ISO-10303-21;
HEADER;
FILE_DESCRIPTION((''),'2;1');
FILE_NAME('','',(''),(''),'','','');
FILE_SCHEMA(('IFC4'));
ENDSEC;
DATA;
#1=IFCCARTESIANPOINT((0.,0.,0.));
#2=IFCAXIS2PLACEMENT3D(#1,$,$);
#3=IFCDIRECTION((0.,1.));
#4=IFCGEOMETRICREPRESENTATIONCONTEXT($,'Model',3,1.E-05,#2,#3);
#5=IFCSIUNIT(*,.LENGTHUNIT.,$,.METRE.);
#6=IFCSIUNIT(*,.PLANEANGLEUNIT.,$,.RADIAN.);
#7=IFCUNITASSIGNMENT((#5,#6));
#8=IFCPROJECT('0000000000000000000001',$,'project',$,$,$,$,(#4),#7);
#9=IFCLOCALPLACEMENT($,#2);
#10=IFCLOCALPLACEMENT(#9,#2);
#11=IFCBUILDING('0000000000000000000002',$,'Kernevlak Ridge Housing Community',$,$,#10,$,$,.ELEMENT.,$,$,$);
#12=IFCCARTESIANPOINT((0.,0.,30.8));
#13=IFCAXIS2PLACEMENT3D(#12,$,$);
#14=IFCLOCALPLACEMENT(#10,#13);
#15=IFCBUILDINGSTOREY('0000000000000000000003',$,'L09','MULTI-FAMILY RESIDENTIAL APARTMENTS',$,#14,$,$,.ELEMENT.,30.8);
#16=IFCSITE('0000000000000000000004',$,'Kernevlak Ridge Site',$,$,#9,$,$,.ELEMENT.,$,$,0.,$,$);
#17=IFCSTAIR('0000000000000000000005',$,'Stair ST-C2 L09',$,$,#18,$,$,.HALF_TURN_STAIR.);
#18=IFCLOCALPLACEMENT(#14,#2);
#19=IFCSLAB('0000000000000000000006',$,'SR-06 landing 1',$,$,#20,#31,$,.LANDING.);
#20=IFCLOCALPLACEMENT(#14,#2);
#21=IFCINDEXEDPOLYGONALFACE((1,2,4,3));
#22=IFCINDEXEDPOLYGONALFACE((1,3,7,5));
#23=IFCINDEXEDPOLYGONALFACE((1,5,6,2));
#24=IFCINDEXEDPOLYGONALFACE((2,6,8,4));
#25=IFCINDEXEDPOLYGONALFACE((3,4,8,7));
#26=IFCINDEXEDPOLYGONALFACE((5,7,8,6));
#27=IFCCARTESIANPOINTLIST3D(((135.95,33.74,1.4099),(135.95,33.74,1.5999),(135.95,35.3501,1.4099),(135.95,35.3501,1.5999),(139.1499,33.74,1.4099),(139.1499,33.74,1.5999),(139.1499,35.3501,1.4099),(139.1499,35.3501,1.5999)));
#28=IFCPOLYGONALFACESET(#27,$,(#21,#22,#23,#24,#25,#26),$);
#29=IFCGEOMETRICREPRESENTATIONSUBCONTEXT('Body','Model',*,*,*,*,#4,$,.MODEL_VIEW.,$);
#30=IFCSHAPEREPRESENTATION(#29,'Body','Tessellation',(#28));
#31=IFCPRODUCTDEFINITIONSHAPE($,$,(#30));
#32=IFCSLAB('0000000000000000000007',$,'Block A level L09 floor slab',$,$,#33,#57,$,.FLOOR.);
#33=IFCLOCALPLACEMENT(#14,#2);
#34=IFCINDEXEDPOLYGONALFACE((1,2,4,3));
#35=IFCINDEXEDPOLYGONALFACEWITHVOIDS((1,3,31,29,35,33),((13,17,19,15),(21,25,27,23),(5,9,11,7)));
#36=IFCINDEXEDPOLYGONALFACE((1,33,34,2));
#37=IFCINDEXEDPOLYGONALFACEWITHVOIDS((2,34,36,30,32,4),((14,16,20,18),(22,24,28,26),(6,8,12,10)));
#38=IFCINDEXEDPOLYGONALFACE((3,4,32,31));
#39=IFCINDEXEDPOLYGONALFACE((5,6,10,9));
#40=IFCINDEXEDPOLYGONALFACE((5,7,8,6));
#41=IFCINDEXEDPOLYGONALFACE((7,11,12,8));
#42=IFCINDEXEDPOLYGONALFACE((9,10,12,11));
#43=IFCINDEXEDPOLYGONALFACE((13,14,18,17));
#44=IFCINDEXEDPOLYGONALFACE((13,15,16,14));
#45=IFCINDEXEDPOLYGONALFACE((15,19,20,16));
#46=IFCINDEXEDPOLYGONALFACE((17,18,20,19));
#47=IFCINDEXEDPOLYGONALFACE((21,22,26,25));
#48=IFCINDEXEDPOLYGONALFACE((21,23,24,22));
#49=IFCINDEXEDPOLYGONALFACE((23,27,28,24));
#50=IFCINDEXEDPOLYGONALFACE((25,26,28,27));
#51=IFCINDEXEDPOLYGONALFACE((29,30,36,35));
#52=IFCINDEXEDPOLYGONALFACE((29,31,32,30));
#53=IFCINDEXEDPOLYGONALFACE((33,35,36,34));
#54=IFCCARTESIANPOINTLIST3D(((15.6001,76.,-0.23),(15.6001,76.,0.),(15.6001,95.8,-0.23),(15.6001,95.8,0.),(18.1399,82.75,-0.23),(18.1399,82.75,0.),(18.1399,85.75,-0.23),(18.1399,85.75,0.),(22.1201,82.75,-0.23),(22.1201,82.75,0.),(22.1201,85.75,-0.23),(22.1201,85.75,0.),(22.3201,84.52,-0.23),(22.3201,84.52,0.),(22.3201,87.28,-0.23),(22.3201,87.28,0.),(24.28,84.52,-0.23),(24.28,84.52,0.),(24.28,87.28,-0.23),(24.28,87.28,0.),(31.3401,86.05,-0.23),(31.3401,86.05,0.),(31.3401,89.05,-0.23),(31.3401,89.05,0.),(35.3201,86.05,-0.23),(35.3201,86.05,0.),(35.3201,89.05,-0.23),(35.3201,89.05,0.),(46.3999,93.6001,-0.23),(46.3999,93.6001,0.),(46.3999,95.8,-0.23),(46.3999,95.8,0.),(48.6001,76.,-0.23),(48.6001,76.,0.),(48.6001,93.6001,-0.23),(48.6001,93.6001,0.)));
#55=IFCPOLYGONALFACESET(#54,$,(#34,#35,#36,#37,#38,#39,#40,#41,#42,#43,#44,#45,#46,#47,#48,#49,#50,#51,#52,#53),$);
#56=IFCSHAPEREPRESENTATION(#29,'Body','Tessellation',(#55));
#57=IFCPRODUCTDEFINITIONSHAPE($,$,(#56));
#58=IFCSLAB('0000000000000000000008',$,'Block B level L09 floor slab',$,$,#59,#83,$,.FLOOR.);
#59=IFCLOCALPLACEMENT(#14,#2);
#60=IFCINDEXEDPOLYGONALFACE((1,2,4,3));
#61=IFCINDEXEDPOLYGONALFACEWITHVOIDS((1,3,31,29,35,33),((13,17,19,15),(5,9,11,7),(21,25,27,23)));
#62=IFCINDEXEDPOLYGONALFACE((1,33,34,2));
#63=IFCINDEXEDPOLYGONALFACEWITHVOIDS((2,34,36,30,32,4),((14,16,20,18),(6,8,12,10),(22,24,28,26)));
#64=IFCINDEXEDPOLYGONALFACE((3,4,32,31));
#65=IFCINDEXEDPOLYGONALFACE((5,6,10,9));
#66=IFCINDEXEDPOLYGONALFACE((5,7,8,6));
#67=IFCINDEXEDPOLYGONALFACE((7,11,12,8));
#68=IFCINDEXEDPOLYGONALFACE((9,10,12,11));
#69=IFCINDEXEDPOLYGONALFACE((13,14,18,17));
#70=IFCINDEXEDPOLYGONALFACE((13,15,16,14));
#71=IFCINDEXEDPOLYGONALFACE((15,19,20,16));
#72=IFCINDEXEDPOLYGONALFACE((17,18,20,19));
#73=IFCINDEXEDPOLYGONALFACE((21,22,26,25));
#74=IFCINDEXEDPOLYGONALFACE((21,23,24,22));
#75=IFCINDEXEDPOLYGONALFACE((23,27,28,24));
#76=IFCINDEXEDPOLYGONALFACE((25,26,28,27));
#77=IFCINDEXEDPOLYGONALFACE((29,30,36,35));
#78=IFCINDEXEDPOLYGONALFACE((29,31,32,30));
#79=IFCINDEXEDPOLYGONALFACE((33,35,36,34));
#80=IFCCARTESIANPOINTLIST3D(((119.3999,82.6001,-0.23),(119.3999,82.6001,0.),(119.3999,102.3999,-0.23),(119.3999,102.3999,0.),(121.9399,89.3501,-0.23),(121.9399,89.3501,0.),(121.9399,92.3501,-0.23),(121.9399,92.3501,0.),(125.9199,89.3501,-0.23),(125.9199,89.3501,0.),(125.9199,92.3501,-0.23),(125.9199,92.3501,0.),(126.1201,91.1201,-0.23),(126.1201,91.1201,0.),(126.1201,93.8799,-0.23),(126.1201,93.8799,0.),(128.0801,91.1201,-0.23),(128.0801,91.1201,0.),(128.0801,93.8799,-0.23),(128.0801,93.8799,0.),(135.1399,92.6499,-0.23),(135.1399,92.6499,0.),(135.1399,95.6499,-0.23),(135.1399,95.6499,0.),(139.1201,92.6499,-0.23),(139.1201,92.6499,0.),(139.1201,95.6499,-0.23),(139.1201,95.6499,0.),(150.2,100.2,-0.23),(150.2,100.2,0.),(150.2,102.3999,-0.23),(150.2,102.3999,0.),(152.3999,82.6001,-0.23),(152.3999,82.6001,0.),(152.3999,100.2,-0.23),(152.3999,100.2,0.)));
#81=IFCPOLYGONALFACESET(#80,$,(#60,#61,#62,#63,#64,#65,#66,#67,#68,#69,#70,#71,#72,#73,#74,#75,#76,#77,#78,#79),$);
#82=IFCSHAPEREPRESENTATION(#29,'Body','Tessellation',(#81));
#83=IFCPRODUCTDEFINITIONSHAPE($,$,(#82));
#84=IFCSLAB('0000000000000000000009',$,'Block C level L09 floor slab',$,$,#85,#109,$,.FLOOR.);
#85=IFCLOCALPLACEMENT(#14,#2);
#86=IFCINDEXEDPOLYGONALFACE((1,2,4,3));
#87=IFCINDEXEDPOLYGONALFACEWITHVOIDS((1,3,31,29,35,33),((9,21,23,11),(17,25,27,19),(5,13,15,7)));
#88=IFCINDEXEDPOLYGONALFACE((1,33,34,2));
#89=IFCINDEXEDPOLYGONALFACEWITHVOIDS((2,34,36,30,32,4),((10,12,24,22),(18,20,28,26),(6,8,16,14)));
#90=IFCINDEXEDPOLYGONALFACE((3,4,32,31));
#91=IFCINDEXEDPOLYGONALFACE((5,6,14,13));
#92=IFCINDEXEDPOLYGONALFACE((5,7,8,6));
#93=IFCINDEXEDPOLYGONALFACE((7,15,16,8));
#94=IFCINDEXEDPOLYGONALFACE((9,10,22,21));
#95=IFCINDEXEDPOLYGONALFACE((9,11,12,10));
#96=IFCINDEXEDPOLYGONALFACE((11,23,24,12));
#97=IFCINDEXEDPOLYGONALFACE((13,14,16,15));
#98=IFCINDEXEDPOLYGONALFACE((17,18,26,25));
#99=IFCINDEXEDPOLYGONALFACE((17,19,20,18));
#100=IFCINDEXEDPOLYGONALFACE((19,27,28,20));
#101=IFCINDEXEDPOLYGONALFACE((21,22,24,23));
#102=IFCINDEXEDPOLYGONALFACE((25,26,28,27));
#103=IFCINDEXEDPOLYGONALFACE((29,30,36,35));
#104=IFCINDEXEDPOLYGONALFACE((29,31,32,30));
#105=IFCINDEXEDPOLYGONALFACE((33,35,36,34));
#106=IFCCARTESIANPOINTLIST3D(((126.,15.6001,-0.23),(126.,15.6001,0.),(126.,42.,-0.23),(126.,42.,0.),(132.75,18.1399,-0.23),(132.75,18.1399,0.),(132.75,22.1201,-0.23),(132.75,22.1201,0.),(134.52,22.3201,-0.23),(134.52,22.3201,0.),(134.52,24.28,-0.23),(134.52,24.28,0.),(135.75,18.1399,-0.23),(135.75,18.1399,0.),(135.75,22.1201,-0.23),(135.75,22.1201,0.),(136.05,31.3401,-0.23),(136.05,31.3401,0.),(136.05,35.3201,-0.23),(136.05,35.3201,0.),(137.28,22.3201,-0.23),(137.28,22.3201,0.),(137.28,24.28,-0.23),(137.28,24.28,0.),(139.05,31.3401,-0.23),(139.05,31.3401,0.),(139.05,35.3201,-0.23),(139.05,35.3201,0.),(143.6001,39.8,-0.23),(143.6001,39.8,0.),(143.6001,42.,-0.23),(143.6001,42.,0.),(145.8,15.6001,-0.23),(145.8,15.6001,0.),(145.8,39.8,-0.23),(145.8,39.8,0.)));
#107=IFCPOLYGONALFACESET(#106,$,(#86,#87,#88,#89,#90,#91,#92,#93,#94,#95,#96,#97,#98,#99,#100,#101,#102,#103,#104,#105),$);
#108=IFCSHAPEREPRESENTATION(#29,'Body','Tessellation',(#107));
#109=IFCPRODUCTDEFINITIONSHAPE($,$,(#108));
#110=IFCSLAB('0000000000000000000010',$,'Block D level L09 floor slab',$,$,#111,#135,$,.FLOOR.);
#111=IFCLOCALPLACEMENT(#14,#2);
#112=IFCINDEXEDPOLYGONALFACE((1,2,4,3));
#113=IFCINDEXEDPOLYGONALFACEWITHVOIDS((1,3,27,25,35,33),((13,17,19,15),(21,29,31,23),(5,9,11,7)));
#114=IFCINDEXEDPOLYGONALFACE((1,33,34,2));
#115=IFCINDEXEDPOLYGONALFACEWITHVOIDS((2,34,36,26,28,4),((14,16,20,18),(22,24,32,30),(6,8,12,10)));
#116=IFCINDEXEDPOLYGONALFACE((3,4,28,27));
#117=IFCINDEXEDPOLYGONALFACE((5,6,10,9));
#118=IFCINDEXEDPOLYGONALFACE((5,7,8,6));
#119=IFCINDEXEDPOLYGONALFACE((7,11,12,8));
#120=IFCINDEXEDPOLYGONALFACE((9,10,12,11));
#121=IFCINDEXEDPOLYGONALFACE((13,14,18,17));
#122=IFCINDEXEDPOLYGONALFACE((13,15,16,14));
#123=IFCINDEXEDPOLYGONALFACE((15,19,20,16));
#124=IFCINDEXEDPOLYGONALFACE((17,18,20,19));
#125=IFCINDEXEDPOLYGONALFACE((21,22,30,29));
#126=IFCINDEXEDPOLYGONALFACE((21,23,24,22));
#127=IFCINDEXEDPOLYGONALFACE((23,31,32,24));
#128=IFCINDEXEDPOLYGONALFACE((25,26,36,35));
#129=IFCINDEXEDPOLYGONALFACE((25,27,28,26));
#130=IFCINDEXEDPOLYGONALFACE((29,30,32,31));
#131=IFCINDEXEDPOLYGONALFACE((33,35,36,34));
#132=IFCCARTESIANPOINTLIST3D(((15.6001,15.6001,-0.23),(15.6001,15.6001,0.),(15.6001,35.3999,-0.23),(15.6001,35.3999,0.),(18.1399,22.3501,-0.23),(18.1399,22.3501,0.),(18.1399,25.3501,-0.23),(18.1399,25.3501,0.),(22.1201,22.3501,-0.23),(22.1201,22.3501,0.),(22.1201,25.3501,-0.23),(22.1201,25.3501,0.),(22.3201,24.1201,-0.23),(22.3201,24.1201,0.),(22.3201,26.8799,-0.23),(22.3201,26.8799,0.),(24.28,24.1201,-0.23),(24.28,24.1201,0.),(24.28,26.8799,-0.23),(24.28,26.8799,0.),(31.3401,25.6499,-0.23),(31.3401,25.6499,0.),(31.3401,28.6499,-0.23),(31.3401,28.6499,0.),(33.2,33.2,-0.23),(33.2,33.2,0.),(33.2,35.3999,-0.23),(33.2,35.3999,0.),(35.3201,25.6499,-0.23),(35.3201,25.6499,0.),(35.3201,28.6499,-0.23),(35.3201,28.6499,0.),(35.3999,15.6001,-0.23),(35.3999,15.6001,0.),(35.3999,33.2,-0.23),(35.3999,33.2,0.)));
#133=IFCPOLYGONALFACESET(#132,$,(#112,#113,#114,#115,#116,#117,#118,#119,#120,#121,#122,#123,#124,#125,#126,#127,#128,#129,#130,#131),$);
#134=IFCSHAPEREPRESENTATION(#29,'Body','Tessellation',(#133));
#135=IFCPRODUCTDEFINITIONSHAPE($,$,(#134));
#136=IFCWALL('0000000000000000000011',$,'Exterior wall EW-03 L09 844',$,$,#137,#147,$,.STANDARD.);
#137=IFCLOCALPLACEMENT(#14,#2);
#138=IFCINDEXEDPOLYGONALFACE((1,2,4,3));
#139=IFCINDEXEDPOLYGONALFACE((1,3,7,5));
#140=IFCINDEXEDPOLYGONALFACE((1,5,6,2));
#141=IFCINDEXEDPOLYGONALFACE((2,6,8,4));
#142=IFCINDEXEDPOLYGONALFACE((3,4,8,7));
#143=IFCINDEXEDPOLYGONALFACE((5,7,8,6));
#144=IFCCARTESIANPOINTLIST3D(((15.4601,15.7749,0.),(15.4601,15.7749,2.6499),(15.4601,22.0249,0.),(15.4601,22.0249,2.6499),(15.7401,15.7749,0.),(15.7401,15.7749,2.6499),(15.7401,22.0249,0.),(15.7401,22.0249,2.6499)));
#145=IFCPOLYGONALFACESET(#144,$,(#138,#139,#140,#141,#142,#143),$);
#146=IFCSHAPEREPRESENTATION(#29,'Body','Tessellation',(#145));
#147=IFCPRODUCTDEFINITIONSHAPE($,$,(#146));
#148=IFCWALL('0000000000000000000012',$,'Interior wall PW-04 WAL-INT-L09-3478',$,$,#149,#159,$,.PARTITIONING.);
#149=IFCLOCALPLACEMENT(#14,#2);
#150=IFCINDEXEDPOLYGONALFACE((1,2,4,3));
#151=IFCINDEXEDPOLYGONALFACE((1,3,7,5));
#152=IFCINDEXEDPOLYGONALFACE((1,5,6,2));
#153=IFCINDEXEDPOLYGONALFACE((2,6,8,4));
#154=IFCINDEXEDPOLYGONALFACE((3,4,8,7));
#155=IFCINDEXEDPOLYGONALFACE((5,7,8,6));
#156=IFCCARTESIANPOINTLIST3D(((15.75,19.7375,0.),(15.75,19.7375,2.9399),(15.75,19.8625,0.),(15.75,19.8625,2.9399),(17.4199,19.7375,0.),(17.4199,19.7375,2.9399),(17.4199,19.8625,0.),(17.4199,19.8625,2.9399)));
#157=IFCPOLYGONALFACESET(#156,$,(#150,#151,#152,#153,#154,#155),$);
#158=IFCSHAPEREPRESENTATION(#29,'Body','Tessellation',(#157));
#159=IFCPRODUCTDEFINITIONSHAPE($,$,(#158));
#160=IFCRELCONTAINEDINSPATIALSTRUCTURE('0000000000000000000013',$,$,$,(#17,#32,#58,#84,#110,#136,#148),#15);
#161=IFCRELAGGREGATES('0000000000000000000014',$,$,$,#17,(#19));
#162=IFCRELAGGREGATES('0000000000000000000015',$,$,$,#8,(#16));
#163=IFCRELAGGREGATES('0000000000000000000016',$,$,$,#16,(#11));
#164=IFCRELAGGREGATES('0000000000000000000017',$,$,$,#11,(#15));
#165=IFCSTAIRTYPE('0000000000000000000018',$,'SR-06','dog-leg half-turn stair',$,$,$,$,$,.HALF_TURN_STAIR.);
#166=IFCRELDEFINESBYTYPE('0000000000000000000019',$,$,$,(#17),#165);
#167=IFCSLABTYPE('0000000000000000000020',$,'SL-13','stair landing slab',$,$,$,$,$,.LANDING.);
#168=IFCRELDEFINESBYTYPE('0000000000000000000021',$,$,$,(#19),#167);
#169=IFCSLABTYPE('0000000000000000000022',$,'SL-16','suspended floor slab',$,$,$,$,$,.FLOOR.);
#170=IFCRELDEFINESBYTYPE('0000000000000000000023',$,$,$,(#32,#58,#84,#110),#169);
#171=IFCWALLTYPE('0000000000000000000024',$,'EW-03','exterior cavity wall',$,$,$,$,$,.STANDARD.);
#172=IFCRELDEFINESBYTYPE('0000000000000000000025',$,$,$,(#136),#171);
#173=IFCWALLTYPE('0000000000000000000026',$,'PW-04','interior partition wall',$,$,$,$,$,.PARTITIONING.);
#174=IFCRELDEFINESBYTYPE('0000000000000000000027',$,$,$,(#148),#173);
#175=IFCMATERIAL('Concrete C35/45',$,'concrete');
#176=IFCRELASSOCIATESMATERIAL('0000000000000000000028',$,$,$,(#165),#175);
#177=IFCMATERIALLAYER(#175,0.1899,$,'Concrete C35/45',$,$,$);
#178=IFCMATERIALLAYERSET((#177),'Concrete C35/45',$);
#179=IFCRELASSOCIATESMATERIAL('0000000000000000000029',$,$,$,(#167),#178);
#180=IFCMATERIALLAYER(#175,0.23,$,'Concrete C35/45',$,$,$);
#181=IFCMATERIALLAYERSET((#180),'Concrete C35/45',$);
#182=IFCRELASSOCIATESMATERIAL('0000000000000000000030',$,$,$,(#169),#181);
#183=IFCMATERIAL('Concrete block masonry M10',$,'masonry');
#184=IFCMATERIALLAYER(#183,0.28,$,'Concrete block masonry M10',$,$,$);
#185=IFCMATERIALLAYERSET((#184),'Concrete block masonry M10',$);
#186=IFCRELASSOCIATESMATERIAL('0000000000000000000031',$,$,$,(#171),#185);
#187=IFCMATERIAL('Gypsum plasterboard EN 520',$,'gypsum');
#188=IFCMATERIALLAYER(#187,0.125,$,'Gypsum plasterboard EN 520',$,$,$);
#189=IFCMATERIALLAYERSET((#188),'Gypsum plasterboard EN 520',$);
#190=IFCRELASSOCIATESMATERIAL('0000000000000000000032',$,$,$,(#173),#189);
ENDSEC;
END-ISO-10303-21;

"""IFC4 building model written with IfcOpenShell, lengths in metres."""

from ifc_helpers import new_model, si_unit, direction, frame, frame_2d, origin, place, context, subcontext, project, spatial, polyline, rectangle, outline, extrude, material, layer, layer_set, type_object, element, aggregate, save


model = new_model("IFC4")

# Units and contexts
model_context = context("Model", 3, precision=1e-05, world=origin(), true_north=direction((0.0, 1.0)))
body_context = subcontext(model_context, "Body", "Model", "MODEL_VIEW")
ifc_project = project(units=[si_unit("LENGTHUNIT", "METRE"), si_unit("PLANEANGLEUNIT", "RADIAN")], contexts=[model_context])

# Site, building, storey
site_placement = place(None, origin())
site = spatial("IfcSite", under=ifc_project, at=site_placement, Name="Kernevlak Ridge Site", CompositionType="ELEMENT", RefElevation=0.0)
building_placement = place(site_placement, origin())
building = spatial("IfcBuilding", under=site, at=building_placement, Name="Kernevlak Ridge Housing Community", CompositionType="ELEMENT")
storey_placement = place(building_placement, frame((0.0, 0.0, 30.8)))
storey = spatial("IfcBuildingStorey", under=building, at=storey_placement, Name="L09", Description="MULTI-FAMILY RESIDENTIAL APARTMENTS", CompositionType="ELEMENT", Elevation=30.8)

# Shared definitions
ifc_material_1 = material(Name="Concrete C35/45", Category="concrete")

# Stair, slab
stair_type_1 = type_object("IfcStairType", Name="SR-06", Description="dog-leg half-turn stair", PredefinedType="HALF_TURN_STAIR", material=ifc_material_1)
ifc_layer_1 = layer(ifc_material_1, 0.1899, Name="Concrete C35/45")
ifc_layer_set_1 = layer_set([ifc_layer_1], Name="Concrete C35/45")
slab_type_1 = type_object("IfcSlabType", Name="SL-13", Description="stair landing slab", PredefinedType="LANDING", material=ifc_layer_set_1)
stair_1_placement = place(storey_placement, origin())
stair_1 = element("IfcStair", 1, at=stair_1_placement, inside=storey, type_object=stair_type_1, Name="Stair ST-C2 L09", PredefinedType="HALF_TURN_STAIR")
slab_1_placement = place(storey_placement, frame((0.0, 0.0, 1.4099)))
slab_1 = element("IfcSlab", 2, at=slab_1_placement, type_object=slab_type_1, Name="SR-06 landing 1", PredefinedType="LANDING", context=body_context, shape_type="SweptSolid", body=[
    extrude(outline(polyline([(139.1499, 33.74), (139.1499, 35.3501), (135.95, 35.3501), (135.95, 33.74), (139.1499, 33.74)])), origin(), (0.0, 0.0, 1.0), 0.1899),
])
aggregate(stair_1, [slab_1])

# Slabs
ifc_layer_2 = layer(ifc_material_1, 0.23, Name="Concrete C35/45")
ifc_layer_set_2 = layer_set([ifc_layer_2], Name="Concrete C35/45")
slab_type_2 = type_object("IfcSlabType", Name="SL-16", Description="suspended floor slab", PredefinedType="FLOOR", material=ifc_layer_set_2)
slab_2_placement = place(storey_placement, frame((0.0, 0.0, -0.23)))
element("IfcSlab", 3, at=slab_2_placement, inside=storey, type_object=slab_type_2, Name="Block A level L09 floor slab", PredefinedType="FLOOR", context=body_context, shape_type="SweptSolid", body=[
    extrude(outline(polyline([(15.6001, 76.0), (48.6001, 76.0), (48.6001, 93.6001), (46.3999, 93.6001), (46.3999, 95.8), (15.6001, 95.8), (15.6001, 76.0)]), holes=[polyline([(18.1399, 85.75), (22.1201, 85.75), (22.1201, 82.75), (18.1399, 82.75), (18.1399, 85.75)]), polyline([(31.3401, 89.05), (35.3201, 89.05), (35.3201, 86.05), (31.3401, 86.05), (31.3401, 89.05)]), polyline([(22.3201, 87.28), (24.28, 87.28), (24.28, 84.52), (22.3201, 84.52), (22.3201, 87.28)])]), origin(), (0.0, 0.0, 1.0), 0.23),
])
slab_3_placement = place(storey_placement, frame((0.0, 0.0, -0.23)))
element("IfcSlab", 4, at=slab_3_placement, inside=storey, type_object=slab_type_2, Name="Block B level L09 floor slab", PredefinedType="FLOOR", context=body_context, shape_type="SweptSolid", body=[
    extrude(outline(polyline([(119.3999, 82.6001), (152.3999, 82.6001), (152.3999, 100.2), (150.2, 100.2), (150.2, 102.3999), (119.3999, 102.3999), (119.3999, 82.6001)]), holes=[polyline([(121.9399, 92.3501), (125.9199, 92.3501), (125.9199, 89.3501), (121.9399, 89.3501), (121.9399, 92.3501)]), polyline([(135.1399, 95.6499), (139.1201, 95.6499), (139.1201, 92.6499), (135.1399, 92.6499), (135.1399, 95.6499)]), polyline([(126.1201, 93.8799), (128.0801, 93.8799), (128.0801, 91.1201), (126.1201, 91.1201), (126.1201, 93.8799)])]), origin(), (0.0, 0.0, 1.0), 0.23),
])
slab_4_placement = place(storey_placement, frame((0.0, 0.0, -0.23)))
element("IfcSlab", 5, at=slab_4_placement, inside=storey, type_object=slab_type_2, Name="Block C level L09 floor slab", PredefinedType="FLOOR", context=body_context, shape_type="SweptSolid", body=[
    extrude(outline(polyline([(145.8, 15.6001), (145.8, 39.8), (143.6001, 39.8), (143.6001, 42.0), (126.0, 42.0), (126.0, 15.6001), (145.8, 15.6001)]), holes=[polyline([(132.75, 18.1399), (132.75, 22.1201), (135.75, 22.1201), (135.75, 18.1399), (132.75, 18.1399)]), polyline([(136.05, 31.3401), (136.05, 35.3201), (139.05, 35.3201), (139.05, 31.3401), (136.05, 31.3401)]), polyline([(134.52, 24.28), (137.28, 24.28), (137.28, 22.3201), (134.52, 22.3201), (134.52, 24.28)])]), origin(), (0.0, 0.0, 1.0), 0.23),
])
slab_5_placement = place(storey_placement, frame((0.0, 0.0, -0.23)))
element("IfcSlab", 6, at=slab_5_placement, inside=storey, type_object=slab_type_2, Name="Block D level L09 floor slab", PredefinedType="FLOOR", context=body_context, shape_type="SweptSolid", body=[
    extrude(outline(polyline([(15.6001, 15.6001), (35.3999, 15.6001), (35.3999, 33.2), (33.2, 33.2), (33.2, 35.3999), (15.6001, 35.3999), (15.6001, 15.6001)]), holes=[polyline([(18.1399, 25.3501), (22.1201, 25.3501), (22.1201, 22.3501), (18.1399, 22.3501), (18.1399, 25.3501)]), polyline([(31.3401, 28.6499), (35.3201, 28.6499), (35.3201, 25.6499), (31.3401, 25.6499), (31.3401, 28.6499)]), polyline([(22.3201, 26.8799), (24.28, 26.8799), (24.28, 24.1201), (22.3201, 24.1201), (22.3201, 26.8799)])]), origin(), (0.0, 0.0, 1.0), 0.23),
])

# Walls
ifc_material_2 = material(Name="Concrete block masonry M10", Category="masonry")
ifc_layer_3 = layer(ifc_material_2, 0.28, Name="Concrete block masonry M10")
ifc_layer_set_3 = layer_set([ifc_layer_3], Name="Concrete block masonry M10")
wall_type_1 = type_object("IfcWallType", Name="EW-03", Description="exterior cavity wall", PredefinedType="STANDARD", material=ifc_layer_set_3)
wall_1_placement = place(storey_placement, frame((15.6001, 15.7749, 0.0), z_axis=(0.0, 0.0, 1.0), x_axis=(0.0, 1.0, 0.0)))
element("IfcWall", 7, at=wall_1_placement, inside=storey, type_object=wall_type_1, Name="Exterior wall EW-03 L09 844", PredefinedType="STANDARD", context=body_context, shape_type="SweptSolid", body=[
    extrude(rectangle(XDim=6.25, YDim=0.28, at=frame_2d((3.125, 0.0))), origin(), (0.0, 0.0, 1.0), 2.6499),
])
ifc_material_3 = material(Name="Gypsum plasterboard EN 520", Category="gypsum")
ifc_layer_4 = layer(ifc_material_3, 0.125, Name="Gypsum plasterboard EN 520")
ifc_layer_set_4 = layer_set([ifc_layer_4], Name="Gypsum plasterboard EN 520")
wall_type_2 = type_object("IfcWallType", Name="PW-04", Description="interior partition wall", PredefinedType="PARTITIONING", material=ifc_layer_set_4)
wall_2_placement = place(storey_placement, frame((15.75, 19.8, 0.0), z_axis=(0.0, 0.0, 1.0), x_axis=(1.0, 0.0, 0.0)))
element("IfcWall", 8, at=wall_2_placement, inside=storey, type_object=wall_type_2, Name="Interior wall PW-04 WAL-INT-L09-3478", PredefinedType="PARTITIONING", context=body_context, shape_type="SweptSolid", body=[
    extrude(rectangle(XDim=1.6699, YDim=0.125, at=frame_2d((0.835, 0.0))), origin(), (0.0, 0.0, 1.0), 2.9399),
])

save(model, "model.ifc")
